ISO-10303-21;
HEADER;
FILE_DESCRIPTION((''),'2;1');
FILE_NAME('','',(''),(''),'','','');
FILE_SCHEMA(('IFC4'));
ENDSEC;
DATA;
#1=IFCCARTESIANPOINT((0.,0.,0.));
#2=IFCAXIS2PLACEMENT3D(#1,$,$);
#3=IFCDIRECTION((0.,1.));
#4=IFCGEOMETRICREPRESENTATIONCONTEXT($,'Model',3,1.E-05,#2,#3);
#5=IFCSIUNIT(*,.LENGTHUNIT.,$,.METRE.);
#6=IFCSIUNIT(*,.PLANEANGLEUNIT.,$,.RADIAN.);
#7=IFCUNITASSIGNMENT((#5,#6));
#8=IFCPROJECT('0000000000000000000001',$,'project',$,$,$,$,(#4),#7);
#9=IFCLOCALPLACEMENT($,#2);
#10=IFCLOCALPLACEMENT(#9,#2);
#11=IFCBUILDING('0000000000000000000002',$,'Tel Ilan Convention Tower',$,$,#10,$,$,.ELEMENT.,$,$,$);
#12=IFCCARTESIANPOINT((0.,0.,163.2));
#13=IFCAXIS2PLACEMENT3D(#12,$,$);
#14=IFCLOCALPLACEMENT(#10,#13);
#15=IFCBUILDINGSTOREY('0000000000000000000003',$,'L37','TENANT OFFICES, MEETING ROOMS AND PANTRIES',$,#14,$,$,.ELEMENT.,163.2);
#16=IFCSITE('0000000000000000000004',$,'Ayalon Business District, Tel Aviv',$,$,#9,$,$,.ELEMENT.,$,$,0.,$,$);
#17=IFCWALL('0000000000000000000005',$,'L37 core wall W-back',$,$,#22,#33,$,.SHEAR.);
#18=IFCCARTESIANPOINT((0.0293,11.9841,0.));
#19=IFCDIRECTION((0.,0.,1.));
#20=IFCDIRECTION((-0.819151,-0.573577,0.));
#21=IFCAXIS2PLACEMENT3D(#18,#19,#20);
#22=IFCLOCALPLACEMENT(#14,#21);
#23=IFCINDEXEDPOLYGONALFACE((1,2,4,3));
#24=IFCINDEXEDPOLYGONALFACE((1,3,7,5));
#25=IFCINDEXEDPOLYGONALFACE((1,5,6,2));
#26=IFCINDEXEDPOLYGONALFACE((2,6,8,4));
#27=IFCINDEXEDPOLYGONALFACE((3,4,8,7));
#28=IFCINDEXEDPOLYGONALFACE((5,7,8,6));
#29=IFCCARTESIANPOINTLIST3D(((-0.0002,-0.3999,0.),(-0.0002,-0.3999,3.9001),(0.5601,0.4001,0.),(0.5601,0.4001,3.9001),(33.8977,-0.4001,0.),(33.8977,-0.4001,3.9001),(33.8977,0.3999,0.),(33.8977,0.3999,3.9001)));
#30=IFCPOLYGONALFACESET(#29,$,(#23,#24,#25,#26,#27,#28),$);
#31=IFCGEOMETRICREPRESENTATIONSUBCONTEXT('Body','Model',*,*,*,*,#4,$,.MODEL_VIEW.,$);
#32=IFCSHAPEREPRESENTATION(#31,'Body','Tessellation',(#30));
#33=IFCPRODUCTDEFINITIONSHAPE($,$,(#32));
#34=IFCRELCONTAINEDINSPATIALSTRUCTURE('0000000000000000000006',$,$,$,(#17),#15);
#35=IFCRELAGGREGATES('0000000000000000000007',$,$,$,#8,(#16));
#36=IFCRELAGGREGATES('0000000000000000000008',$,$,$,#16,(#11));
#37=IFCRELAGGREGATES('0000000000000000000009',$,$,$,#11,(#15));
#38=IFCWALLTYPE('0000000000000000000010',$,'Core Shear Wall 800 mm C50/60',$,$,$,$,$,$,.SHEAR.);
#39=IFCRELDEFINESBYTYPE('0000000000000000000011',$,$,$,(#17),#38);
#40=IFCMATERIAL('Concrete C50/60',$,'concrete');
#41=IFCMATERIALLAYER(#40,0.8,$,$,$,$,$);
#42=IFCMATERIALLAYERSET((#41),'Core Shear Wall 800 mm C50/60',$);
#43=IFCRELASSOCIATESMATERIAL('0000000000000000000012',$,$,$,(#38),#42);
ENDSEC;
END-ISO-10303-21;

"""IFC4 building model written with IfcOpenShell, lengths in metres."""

from ifc_helpers import new_model, si_unit, direction, frame, origin, place, context, subcontext, project, spatial, polyline, outline, extrude, material, layer, layer_set, type_object, element, save


model = new_model("IFC4")

# Units and contexts
model_context = context("Model", 3, precision=1e-05, world=origin(), true_north=direction((0.0, 1.0)))
body_context = subcontext(model_context, "Body", "Model", "MODEL_VIEW")
ifc_project = project(units=[si_unit("LENGTHUNIT", "METRE"), si_unit("PLANEANGLEUNIT", "RADIAN")], contexts=[model_context])

# Site, building, storey
site_placement = place(None, origin())
site = spatial("IfcSite", under=ifc_project, at=site_placement, Name="Ayalon Business District, Tel Aviv", CompositionType="ELEMENT", RefElevation=0.0)
building_placement = place(site_placement, origin())
building = spatial("IfcBuilding", under=site, at=building_placement, Name="Tel Ilan Convention Tower", CompositionType="ELEMENT")
storey_placement = place(building_placement, frame((0.0, 0.0, 163.2)))
storey = spatial("IfcBuildingStorey", under=building, at=storey_placement, Name="L37", Description="TENANT OFFICES, MEETING ROOMS AND PANTRIES", CompositionType="ELEMENT", Elevation=163.2)

# Wall
ifc_material_1 = material(Name="Concrete C50/60", Category="concrete")
ifc_layer_1 = layer(ifc_material_1, 0.8)
ifc_layer_set_1 = layer_set([ifc_layer_1], Name="Core Shear Wall 800 mm C50/60")
wall_type_1 = type_object("IfcWallType", Name="Core Shear Wall 800 mm C50/60", PredefinedType="SHEAR", material=ifc_layer_set_1)
wall_1_placement = place(storey_placement, frame((0.0293, 11.9841, 0.0), z_axis=(0.0, 0.0, 1.0), x_axis=(-0.819151, -0.573577, 0.0)))
element("IfcWall", 1, at=wall_1_placement, inside=storey, type_object=wall_type_1, Name="L37 core wall W-back", PredefinedType="SHEAR", context=body_context, shape_type="SweptSolid", body=[
    extrude(outline(polyline([(33.8977, 0.3999), (0.5601, 0.4001), (-0.0002, -0.3999), (33.8977, -0.4001), (33.8977, 0.3999)])), origin(), (0.0, 0.0, 1.0), 3.9001),
])

save(model, "model.ifc")
